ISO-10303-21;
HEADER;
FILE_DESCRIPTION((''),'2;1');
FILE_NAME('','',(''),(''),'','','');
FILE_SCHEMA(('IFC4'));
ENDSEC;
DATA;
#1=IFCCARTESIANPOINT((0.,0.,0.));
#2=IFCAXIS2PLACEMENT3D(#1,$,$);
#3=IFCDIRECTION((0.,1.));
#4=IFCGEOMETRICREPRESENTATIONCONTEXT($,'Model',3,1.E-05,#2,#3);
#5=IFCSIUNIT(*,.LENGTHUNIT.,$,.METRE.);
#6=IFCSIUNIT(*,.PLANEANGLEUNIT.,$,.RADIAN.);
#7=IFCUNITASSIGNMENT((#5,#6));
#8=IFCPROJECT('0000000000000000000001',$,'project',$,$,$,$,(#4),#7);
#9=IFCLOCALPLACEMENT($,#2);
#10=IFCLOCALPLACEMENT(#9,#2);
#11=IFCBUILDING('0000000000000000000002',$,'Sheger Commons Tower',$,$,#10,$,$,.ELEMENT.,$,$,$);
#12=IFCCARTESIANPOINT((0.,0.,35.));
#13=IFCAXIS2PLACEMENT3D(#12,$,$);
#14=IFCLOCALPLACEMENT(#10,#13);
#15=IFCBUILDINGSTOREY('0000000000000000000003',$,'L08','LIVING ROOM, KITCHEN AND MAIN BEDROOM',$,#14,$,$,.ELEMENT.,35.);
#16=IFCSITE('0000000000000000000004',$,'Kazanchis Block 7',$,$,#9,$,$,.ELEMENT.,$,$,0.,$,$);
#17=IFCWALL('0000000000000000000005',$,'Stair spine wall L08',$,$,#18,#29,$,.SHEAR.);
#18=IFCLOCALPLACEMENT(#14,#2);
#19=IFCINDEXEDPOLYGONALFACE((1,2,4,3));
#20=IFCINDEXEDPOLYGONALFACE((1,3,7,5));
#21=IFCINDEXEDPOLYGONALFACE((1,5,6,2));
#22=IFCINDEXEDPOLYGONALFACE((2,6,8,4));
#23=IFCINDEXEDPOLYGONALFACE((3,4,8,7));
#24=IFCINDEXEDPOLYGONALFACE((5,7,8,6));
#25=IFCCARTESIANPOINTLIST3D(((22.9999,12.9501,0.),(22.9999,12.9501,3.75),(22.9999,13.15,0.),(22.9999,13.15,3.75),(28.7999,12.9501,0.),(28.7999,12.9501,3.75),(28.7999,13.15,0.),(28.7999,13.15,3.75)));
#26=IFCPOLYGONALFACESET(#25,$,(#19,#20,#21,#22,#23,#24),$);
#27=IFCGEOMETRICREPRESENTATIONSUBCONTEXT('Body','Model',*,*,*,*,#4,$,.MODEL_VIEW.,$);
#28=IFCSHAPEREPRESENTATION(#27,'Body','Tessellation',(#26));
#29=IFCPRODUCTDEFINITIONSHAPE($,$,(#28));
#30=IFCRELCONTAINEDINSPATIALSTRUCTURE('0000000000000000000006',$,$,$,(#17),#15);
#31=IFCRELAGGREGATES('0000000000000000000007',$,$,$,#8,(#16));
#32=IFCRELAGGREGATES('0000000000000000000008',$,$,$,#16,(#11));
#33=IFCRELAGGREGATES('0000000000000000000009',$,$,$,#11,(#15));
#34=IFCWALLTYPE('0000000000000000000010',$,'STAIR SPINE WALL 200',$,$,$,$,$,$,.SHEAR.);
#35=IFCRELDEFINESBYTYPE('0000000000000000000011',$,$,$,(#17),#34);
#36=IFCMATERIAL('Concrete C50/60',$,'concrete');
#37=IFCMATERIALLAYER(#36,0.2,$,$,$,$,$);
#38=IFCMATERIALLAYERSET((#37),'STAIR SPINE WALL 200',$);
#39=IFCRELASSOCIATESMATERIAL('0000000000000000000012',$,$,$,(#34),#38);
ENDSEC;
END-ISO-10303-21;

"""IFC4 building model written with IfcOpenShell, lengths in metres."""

from ifc_helpers import new_model, si_unit, direction, frame, frame_2d, origin, place, context, subcontext, project, spatial, rectangle, extrude, material, layer, layer_set, type_object, element, save


model = new_model("IFC4")

# Units and contexts
model_context = context("Model", 3, precision=1e-05, world=origin(), true_north=direction((0.0, 1.0)))
body_context = subcontext(model_context, "Body", "Model", "MODEL_VIEW")
ifc_project = project(units=[si_unit("LENGTHUNIT", "METRE"), si_unit("PLANEANGLEUNIT", "RADIAN")], contexts=[model_context])

# Site, building, storey
site_placement = place(None, origin())
site = spatial("IfcSite", under=ifc_project, at=site_placement, Name="Kazanchis Block 7", CompositionType="ELEMENT", RefElevation=0.0)
building_placement = place(site_placement, origin())
building = spatial("IfcBuilding", under=site, at=building_placement, Name="Sheger Commons Tower", CompositionType="ELEMENT")
storey_placement = place(building_placement, frame((0.0, 0.0, 35.0)))
storey = spatial("IfcBuildingStorey", under=building, at=storey_placement, Name="L08", Description="LIVING ROOM, KITCHEN AND MAIN BEDROOM", CompositionType="ELEMENT", Elevation=35.0)

# Wall
ifc_material_1 = material(Name="Concrete C50/60", Category="concrete")
ifc_layer_1 = layer(ifc_material_1, 0.2)
ifc_layer_set_1 = layer_set([ifc_layer_1], Name="STAIR SPINE WALL 200")
wall_type_1 = type_object("IfcWallType", Name="STAIR SPINE WALL 200", PredefinedType="SHEAR", material=ifc_layer_set_1)
wall_1_placement = place(storey_placement, frame((23.0, 13.05, 0.0), z_axis=(0.0, 0.0, 1.0), x_axis=(1.0, 0.0, 0.0)))
element("IfcWall", 1, at=wall_1_placement, inside=storey, type_object=wall_type_1, Name="Stair spine wall L08", PredefinedType="SHEAR", context=body_context, shape_type="SweptSolid", body=[
    extrude(rectangle(XDim=5.8, YDim=0.2, at=frame_2d((2.8999, 0.0))), origin(), (0.0, 0.0, 1.0), 3.75),
])

save(model, "model.ifc")
